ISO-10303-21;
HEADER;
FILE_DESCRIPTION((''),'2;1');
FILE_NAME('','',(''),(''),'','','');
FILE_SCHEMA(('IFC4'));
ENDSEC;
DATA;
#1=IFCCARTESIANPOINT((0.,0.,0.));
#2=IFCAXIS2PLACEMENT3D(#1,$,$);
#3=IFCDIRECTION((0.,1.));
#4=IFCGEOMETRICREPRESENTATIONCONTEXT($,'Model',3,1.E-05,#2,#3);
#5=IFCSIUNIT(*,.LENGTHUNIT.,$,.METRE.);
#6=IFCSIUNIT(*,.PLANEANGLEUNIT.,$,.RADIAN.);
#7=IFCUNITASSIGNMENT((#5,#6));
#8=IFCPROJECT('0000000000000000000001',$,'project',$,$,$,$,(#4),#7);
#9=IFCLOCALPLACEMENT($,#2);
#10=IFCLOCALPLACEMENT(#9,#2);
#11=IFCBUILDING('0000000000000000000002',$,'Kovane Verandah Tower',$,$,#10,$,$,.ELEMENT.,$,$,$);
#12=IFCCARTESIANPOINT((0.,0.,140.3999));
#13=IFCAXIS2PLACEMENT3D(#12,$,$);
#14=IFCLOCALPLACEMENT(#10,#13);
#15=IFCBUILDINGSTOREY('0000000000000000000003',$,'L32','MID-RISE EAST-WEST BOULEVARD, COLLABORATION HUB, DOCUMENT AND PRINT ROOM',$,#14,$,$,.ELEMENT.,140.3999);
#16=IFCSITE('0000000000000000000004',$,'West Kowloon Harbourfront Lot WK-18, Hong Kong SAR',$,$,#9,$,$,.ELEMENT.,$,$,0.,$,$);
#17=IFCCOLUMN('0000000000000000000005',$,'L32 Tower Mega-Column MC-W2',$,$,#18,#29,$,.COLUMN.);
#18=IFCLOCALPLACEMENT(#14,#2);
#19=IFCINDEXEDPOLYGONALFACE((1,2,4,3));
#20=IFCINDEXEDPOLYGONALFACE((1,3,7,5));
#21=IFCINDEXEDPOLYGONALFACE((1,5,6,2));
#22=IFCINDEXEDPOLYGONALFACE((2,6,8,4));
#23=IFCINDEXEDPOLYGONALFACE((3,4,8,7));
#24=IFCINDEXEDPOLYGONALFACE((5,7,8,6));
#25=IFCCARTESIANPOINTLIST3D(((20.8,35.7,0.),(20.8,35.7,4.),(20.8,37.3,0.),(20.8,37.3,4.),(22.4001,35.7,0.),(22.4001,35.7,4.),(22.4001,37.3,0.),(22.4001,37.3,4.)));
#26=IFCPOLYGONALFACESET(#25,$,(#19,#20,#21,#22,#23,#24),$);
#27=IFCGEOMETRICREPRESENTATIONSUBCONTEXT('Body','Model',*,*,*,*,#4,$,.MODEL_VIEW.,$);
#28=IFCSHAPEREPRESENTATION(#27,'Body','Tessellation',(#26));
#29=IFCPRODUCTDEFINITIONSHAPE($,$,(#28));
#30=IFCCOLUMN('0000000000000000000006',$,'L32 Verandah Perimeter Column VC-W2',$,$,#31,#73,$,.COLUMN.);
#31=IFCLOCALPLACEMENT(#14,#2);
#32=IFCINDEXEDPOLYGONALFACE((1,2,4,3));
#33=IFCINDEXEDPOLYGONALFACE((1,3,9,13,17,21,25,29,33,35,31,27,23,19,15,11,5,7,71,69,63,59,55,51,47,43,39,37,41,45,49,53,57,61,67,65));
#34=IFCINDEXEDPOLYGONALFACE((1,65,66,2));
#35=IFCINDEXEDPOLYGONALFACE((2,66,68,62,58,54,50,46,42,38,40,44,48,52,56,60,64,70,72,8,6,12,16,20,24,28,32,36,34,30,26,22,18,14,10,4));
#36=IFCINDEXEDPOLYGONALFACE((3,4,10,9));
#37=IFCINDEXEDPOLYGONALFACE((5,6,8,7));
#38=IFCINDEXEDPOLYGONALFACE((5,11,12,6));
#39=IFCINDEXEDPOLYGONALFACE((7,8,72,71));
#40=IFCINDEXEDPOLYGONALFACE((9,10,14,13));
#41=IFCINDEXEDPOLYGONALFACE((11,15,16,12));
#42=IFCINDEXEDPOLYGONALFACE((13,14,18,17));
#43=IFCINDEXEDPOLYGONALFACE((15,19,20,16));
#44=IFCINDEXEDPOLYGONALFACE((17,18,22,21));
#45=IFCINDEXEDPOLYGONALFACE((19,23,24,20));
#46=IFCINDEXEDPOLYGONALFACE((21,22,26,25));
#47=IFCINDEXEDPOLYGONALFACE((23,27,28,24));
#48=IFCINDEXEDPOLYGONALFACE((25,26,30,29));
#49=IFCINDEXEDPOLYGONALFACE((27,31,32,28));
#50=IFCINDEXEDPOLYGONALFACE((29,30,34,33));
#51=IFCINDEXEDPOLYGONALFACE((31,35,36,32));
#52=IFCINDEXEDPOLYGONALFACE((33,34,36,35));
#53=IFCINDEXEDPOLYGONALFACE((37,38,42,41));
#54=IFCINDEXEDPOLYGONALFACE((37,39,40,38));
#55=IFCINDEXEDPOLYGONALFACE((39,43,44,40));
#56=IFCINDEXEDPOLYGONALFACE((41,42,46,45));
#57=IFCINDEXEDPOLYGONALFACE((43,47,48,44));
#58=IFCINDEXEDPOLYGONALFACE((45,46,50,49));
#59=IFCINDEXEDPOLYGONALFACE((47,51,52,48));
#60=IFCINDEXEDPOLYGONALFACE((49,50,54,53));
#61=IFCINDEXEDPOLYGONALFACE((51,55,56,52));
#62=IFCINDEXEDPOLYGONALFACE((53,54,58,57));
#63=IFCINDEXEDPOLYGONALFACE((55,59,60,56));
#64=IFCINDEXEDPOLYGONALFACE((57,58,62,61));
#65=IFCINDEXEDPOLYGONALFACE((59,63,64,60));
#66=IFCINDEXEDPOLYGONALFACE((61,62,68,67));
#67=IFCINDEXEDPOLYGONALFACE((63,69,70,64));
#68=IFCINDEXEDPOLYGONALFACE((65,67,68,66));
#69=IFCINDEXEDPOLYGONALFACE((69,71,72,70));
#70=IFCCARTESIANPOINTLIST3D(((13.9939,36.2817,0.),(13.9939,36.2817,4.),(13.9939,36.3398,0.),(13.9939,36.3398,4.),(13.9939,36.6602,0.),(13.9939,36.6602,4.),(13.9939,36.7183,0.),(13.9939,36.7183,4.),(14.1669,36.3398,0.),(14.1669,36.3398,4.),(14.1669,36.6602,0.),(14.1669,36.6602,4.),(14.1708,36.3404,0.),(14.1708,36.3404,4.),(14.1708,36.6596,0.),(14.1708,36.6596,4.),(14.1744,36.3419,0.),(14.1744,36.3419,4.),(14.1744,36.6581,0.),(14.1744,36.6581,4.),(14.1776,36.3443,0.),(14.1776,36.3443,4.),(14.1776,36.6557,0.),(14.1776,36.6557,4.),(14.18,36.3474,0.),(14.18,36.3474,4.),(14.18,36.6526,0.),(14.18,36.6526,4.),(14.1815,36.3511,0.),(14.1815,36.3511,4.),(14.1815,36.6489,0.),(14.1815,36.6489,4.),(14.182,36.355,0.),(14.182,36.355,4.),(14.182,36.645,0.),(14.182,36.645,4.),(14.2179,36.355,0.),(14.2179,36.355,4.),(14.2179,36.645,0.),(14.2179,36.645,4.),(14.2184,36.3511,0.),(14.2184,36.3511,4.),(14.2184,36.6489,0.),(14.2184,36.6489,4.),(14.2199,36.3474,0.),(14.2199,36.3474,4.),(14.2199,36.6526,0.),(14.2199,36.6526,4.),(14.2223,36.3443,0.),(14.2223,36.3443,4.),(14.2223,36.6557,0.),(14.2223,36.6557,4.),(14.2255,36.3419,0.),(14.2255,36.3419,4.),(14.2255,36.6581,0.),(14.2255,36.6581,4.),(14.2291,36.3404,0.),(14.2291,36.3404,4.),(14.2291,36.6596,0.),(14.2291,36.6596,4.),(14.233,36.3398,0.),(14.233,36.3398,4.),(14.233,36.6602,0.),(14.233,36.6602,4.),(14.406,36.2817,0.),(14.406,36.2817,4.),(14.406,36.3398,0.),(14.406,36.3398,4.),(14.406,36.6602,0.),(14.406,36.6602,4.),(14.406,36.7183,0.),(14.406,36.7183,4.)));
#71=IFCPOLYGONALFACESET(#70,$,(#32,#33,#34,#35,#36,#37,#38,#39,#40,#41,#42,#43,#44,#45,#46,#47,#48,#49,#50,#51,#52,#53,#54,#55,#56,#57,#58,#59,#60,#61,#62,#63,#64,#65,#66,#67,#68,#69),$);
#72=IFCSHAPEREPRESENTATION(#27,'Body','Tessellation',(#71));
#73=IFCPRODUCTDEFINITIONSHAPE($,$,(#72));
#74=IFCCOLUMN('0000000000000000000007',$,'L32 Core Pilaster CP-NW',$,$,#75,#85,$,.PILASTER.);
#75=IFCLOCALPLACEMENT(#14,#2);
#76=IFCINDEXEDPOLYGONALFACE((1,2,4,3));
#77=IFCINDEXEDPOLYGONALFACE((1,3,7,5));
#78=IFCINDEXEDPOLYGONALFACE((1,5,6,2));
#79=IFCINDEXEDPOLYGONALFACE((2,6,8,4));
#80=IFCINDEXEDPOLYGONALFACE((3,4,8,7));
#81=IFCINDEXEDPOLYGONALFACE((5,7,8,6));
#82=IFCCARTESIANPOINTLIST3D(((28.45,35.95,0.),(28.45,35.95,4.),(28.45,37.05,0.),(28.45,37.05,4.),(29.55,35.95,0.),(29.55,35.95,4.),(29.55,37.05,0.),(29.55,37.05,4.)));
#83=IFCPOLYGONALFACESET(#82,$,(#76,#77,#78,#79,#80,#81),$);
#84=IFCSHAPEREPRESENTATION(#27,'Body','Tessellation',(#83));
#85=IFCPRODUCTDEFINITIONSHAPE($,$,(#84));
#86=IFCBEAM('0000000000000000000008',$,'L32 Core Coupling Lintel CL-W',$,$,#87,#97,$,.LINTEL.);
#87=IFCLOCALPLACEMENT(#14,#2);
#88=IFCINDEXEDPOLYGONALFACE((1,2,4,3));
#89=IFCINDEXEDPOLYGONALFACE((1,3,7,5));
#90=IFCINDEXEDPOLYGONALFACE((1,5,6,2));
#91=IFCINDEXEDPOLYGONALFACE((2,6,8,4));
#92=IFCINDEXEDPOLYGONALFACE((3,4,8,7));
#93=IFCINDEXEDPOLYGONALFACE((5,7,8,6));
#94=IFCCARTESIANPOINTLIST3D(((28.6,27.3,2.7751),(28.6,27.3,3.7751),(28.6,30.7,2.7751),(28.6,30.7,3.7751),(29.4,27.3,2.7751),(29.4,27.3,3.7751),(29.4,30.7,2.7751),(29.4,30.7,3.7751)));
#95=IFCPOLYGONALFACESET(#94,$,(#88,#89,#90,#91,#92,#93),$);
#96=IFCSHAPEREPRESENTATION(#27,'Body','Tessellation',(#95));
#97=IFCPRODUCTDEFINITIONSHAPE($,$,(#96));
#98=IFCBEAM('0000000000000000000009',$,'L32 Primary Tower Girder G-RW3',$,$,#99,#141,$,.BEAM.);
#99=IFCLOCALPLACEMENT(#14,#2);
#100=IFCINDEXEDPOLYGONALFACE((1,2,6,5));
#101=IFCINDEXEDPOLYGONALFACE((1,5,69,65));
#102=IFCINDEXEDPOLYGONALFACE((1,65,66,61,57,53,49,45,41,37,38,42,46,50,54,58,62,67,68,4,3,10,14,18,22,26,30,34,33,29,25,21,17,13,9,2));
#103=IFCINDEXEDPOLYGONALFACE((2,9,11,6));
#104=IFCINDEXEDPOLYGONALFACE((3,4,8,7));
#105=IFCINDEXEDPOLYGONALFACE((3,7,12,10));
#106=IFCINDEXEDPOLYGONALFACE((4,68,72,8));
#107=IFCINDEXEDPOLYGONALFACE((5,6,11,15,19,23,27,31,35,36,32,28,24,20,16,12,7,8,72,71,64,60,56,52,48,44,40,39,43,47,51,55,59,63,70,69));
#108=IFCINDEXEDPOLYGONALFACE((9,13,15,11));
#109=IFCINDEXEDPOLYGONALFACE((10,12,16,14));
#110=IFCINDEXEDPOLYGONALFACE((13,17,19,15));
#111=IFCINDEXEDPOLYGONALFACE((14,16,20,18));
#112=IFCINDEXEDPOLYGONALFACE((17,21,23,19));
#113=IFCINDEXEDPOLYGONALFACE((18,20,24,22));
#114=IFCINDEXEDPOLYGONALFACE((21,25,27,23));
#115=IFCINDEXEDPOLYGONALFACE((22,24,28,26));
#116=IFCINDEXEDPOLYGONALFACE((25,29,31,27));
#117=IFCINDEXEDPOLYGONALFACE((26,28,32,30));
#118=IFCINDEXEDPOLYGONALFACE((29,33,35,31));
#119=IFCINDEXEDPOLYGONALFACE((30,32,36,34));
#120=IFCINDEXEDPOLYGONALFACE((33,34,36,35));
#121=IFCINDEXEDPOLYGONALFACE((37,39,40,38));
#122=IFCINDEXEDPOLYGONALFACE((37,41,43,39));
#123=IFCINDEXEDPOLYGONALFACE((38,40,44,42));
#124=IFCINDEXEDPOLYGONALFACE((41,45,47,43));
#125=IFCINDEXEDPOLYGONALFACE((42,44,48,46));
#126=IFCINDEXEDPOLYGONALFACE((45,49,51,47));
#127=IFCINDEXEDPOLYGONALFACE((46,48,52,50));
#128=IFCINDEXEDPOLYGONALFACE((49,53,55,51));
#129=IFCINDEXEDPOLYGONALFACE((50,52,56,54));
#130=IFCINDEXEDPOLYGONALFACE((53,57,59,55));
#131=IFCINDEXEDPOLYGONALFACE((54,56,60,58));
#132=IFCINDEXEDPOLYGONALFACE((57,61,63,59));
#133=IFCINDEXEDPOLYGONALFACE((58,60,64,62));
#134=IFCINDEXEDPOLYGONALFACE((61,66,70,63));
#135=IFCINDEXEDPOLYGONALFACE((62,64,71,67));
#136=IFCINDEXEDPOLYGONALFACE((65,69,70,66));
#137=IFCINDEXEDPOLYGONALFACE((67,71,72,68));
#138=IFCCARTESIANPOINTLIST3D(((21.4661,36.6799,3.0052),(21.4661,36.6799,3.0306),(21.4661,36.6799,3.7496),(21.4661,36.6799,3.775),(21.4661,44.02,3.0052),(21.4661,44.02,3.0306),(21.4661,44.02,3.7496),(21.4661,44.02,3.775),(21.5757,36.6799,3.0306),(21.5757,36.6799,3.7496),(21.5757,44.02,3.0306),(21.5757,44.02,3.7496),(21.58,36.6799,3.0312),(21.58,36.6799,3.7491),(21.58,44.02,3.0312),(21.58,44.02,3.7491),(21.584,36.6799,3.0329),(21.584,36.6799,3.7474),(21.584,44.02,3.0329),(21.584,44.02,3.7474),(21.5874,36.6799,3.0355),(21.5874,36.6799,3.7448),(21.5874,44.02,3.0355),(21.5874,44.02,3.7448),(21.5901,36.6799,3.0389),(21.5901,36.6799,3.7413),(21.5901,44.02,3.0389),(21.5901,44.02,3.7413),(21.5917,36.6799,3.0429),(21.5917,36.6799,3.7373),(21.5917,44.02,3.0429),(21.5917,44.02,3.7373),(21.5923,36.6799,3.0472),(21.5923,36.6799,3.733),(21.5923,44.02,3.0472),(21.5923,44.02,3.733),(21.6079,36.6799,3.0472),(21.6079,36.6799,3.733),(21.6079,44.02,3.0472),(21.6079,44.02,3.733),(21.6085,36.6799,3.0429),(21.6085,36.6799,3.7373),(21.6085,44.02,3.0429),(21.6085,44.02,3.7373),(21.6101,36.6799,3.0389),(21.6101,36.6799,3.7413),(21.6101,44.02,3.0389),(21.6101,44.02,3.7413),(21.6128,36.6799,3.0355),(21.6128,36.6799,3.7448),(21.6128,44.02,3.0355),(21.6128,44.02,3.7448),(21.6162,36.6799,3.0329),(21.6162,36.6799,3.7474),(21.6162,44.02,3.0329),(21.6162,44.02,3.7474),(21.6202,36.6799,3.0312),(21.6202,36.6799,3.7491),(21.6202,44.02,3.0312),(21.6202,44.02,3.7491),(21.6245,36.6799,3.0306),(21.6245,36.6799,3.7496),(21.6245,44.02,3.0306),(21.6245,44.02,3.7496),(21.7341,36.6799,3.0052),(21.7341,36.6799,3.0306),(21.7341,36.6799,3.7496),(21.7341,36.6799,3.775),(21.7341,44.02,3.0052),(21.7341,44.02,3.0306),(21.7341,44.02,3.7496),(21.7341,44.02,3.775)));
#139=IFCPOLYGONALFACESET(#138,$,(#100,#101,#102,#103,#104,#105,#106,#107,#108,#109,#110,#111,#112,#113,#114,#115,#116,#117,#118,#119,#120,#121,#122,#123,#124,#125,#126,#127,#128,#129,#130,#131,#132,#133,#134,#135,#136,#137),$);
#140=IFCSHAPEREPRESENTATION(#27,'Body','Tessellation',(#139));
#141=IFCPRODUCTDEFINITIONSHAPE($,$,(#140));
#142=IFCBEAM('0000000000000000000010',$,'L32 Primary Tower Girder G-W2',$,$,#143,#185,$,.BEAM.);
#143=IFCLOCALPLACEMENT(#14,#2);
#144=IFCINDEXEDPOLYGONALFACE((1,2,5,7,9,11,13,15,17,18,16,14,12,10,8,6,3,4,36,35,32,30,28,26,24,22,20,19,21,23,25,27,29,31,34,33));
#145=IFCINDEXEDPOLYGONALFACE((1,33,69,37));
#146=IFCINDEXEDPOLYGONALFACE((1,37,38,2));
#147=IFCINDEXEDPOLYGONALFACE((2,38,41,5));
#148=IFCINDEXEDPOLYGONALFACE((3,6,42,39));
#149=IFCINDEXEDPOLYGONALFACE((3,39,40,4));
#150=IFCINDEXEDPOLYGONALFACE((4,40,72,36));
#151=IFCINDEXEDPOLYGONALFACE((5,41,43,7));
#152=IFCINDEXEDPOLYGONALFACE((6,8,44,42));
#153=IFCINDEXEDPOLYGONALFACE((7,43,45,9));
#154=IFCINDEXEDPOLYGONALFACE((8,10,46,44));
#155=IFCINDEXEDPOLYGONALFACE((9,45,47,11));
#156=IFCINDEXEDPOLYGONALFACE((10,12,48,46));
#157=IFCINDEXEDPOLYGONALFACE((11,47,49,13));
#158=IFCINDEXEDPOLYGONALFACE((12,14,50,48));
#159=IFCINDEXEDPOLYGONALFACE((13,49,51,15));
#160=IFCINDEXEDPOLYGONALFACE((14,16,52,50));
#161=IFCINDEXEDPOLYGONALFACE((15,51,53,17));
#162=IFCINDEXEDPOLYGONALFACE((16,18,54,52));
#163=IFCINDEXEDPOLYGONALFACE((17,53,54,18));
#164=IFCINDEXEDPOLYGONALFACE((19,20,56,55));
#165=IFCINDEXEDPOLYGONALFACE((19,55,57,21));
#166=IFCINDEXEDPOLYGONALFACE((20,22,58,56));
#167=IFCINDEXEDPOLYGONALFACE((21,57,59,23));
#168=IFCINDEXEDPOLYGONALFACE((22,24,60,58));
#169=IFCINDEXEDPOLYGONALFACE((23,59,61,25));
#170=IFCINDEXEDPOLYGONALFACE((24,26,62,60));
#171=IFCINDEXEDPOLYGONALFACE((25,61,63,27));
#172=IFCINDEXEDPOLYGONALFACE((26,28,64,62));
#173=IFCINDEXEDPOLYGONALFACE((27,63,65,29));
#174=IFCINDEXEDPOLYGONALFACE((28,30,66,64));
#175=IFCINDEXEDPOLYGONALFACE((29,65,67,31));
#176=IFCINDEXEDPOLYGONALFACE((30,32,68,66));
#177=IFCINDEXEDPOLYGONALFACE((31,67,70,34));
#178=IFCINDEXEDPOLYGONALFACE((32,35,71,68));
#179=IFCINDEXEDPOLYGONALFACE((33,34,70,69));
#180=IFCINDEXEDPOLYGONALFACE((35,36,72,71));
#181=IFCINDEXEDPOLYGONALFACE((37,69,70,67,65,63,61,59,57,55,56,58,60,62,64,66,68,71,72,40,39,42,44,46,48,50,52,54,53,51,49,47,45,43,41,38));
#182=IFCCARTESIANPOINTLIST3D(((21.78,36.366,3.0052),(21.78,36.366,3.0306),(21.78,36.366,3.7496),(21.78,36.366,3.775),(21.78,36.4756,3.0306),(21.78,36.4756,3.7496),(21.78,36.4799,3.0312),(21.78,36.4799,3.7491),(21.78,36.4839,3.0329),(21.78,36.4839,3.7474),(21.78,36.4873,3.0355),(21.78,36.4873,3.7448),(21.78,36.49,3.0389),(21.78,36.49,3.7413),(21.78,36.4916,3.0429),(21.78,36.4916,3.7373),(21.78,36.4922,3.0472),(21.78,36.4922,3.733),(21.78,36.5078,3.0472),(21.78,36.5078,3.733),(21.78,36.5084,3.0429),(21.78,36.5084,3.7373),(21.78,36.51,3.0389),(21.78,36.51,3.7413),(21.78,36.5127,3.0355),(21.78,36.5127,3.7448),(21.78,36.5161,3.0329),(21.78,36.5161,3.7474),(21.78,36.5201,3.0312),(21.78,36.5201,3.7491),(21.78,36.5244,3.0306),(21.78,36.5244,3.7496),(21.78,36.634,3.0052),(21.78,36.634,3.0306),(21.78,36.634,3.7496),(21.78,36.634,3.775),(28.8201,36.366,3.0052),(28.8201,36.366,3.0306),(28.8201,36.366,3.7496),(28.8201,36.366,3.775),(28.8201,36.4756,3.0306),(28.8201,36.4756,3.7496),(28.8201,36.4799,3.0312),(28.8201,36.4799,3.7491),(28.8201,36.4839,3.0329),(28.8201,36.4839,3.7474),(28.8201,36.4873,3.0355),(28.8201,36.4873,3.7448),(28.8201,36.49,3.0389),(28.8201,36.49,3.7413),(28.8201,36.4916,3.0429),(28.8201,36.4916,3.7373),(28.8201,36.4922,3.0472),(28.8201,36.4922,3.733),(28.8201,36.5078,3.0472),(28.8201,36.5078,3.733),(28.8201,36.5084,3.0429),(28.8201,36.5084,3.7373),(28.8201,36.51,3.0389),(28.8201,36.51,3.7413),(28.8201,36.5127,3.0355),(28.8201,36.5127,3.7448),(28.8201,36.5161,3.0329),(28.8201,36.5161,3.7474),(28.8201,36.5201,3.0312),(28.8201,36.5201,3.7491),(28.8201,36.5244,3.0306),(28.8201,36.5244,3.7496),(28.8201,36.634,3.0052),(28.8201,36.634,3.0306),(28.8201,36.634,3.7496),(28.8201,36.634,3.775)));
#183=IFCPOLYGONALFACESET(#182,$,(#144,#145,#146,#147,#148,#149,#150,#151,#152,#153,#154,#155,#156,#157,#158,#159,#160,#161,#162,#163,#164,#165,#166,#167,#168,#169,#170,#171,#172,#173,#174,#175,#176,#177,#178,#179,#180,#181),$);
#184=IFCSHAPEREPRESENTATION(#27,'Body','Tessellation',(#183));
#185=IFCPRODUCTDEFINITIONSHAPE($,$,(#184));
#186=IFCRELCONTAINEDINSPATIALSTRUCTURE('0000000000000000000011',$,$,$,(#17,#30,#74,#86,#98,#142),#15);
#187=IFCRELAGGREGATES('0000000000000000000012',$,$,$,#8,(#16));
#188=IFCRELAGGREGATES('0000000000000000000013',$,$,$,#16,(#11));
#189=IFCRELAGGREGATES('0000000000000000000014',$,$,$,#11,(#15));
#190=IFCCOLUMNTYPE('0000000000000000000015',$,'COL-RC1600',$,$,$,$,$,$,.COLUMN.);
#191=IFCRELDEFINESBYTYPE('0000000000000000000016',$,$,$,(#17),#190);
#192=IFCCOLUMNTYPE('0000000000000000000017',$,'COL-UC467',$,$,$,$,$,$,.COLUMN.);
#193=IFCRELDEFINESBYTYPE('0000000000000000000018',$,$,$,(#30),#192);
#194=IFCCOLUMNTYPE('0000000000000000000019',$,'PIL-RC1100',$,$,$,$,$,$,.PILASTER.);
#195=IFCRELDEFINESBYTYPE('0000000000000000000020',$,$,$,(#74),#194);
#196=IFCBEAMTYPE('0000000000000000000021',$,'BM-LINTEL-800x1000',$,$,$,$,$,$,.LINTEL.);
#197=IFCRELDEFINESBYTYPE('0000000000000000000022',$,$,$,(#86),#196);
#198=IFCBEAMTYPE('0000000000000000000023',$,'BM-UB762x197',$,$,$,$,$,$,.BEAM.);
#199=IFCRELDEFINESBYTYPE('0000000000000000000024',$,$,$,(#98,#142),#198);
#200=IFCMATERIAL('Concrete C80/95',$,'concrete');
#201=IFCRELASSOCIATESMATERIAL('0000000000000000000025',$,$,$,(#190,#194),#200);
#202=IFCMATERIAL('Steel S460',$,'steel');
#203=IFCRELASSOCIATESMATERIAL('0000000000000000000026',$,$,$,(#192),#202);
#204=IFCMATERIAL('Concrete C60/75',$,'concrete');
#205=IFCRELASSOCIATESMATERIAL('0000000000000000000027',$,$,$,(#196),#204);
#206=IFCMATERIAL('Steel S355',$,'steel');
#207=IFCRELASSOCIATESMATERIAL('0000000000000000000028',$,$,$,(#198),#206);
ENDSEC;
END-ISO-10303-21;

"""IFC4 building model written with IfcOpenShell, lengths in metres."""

from ifc_helpers import new_model, si_unit, direction, frame, origin, origin_2d, place, context, subcontext, project, spatial, rectangle, i_section, extrude, material, material_profile, profile_set, type_object, element, save


model = new_model("IFC4")

# Units and contexts
model_context = context("Model", 3, precision=1e-05, world=origin(), true_north=direction((0.0, 1.0)))
body_context = subcontext(model_context, "Body", "Model", "MODEL_VIEW")
ifc_project = project(units=[si_unit("LENGTHUNIT", "METRE"), si_unit("PLANEANGLEUNIT", "RADIAN")], contexts=[model_context])

# Site, building, storey
site_placement = place(None, origin())
site = spatial("IfcSite", under=ifc_project, at=site_placement, Name="West Kowloon Harbourfront Lot WK-18, Hong Kong SAR", CompositionType="ELEMENT", RefElevation=0.0)
building_placement = place(site_placement, origin())
building = spatial("IfcBuilding", under=site, at=building_placement, Name="Kovane Verandah Tower", CompositionType="ELEMENT")
storey_placement = place(building_placement, frame((0.0, 0.0, 140.3999)))
storey = spatial("IfcBuildingStorey", under=building, at=storey_placement, Name="L32", Description="MID-RISE EAST-WEST BOULEVARD, COLLABORATION HUB, DOCUMENT AND PRINT ROOM", CompositionType="ELEMENT", Elevation=140.3999)

# Columns
ifc_material_1 = material(Name="Concrete C80/95", Category="concrete")
ifc_material_profile_1 = material_profile(ifc_material_1, rectangle(XDim=1.6001, YDim=1.6001, at=origin_2d()), Name="RC1600x1600")
ifc_profile_set_1 = profile_set([ifc_material_profile_1], Name="Concrete C80/95")
column_type_1 = type_object("IfcColumnType", Name="COL-RC1600", PredefinedType="COLUMN", material=ifc_profile_set_1)
column_1_placement = place(storey_placement, frame((21.6001, 36.5, 0.0), z_axis=(0.0, 0.0, 1.0), x_axis=(1.0, 0.0, 0.0)))
element("IfcColumn", 1, at=column_1_placement, inside=storey, type_object=column_type_1, Name="L32 Tower Mega-Column MC-W2", PredefinedType="COLUMN", context=body_context, shape_type="SweptSolid", body=[
    extrude(rectangle(XDim=1.6001, YDim=1.6001, at=origin_2d()), origin(), (0.0, 0.0, 1.0), 4.0),
])
ifc_material_2 = material(Name="Steel S460", Category="steel")
ifc_material_profile_2 = material_profile(ifc_material_2, i_section(OverallWidth=0.4121, OverallDepth=0.4365, WebThickness=0.0359, FlangeThickness=0.0581, FilletRadius=0.0151, at=origin_2d()), Name="UC356x406x467")
ifc_profile_set_2 = profile_set([ifc_material_profile_2], Name="Steel S460")
column_type_2 = type_object("IfcColumnType", Name="COL-UC467", PredefinedType="COLUMN", material=ifc_profile_set_2)
column_2_placement = place(storey_placement, frame((14.2, 36.5, 0.0), z_axis=(0.0, 0.0, 1.0), x_axis=(1.0, 0.0, 0.0)))
element("IfcColumn", 2, at=column_2_placement, inside=storey, type_object=column_type_2, Name="L32 Verandah Perimeter Column VC-W2", PredefinedType="COLUMN", context=body_context, shape_type="SweptSolid", body=[
    extrude(i_section(OverallWidth=0.4121, OverallDepth=0.4365, WebThickness=0.0359, FlangeThickness=0.0581, FilletRadius=0.0151, at=origin_2d()), origin(), (0.0, 0.0, 1.0), 4.0),
])
ifc_material_profile_3 = material_profile(ifc_material_1, rectangle(XDim=1.1001, YDim=1.1001, at=origin_2d()), Name="RC1100x1100")
ifc_profile_set_3 = profile_set([ifc_material_profile_3], Name="Concrete C80/95")
column_type_3 = type_object("IfcColumnType", Name="PIL-RC1100", PredefinedType="PILASTER", material=ifc_profile_set_3)
column_3_placement = place(storey_placement, frame((29.0, 36.5, 0.0), z_axis=(0.0, 0.0, 1.0), x_axis=(1.0, 0.0, 0.0)))
element("IfcColumn", 3, at=column_3_placement, inside=storey, type_object=column_type_3, Name="L32 Core Pilaster CP-NW", PredefinedType="PILASTER", context=body_context, shape_type="SweptSolid", body=[
    extrude(rectangle(XDim=1.1001, YDim=1.1001, at=origin_2d()), origin(), (0.0, 0.0, 1.0), 4.0),
])

# Beams
ifc_material_3 = material(Name="Concrete C60/75", Category="concrete")
ifc_material_profile_4 = material_profile(ifc_material_3, rectangle(XDim=0.8, YDim=1.0, at=origin_2d()), Name="RCB800x1000")
ifc_profile_set_4 = profile_set([ifc_material_profile_4], Name="Concrete C60/75")
beam_type_1 = type_object("IfcBeamType", Name="BM-LINTEL-800x1000", PredefinedType="LINTEL", material=ifc_profile_set_4)
beam_1_placement = place(storey_placement, frame((29.0, 27.3, 3.2751), z_axis=(0.0, 1.0, 0.0), x_axis=(-1.0, 0.0, 0.0)))
element("IfcBeam", 4, at=beam_1_placement, inside=storey, type_object=beam_type_1, Name="L32 Core Coupling Lintel CL-W", PredefinedType="LINTEL", context=body_context, shape_type="SweptSolid", body=[
    extrude(rectangle(XDim=0.8, YDim=1.0, at=origin_2d()), origin(), (0.0, 0.0, 1.0), 3.3999),
])
ifc_material_4 = material(Name="Steel S355", Category="steel")
ifc_material_profile_5 = material_profile(ifc_material_4, i_section(OverallWidth=0.2681, OverallDepth=0.7698, WebThickness=0.0156, FlangeThickness=0.0254, FilletRadius=0.0166, at=origin_2d()), Name="UB762x267x197")
ifc_profile_set_5 = profile_set([ifc_material_profile_5], Name="Steel S355")
beam_type_2 = type_object("IfcBeamType", Name="BM-UB762x197", PredefinedType="BEAM", material=ifc_profile_set_5)
beam_2_placement = place(storey_placement, frame((21.6001, 36.6799, 3.3901), z_axis=(0.0, 1.0, 0.0), x_axis=(-1.0, 0.0, 0.0)))
element("IfcBeam", 5, at=beam_2_placement, inside=storey, type_object=beam_type_2, Name="L32 Primary Tower Girder G-RW3", PredefinedType="BEAM", context=body_context, shape_type="SweptSolid", body=[
    extrude(i_section(OverallWidth=0.2681, OverallDepth=0.7698, WebThickness=0.0156, FlangeThickness=0.0254, FilletRadius=0.0166, at=origin_2d()), origin(), (0.0, 0.0, 1.0), 7.3401),
])
beam_3_placement = place(storey_placement, frame((28.8201, 36.5, 3.3901), z_axis=(-1.0, 0.0, 0.0), x_axis=(0.0, -1.0, 0.0)))
element("IfcBeam", 6, at=beam_3_placement, inside=storey, type_object=beam_type_2, Name="L32 Primary Tower Girder G-W2", PredefinedType="BEAM", context=body_context, shape_type="SweptSolid", body=[
    extrude(i_section(OverallWidth=0.2681, OverallDepth=0.7698, WebThickness=0.0156, FlangeThickness=0.0254, FilletRadius=0.0166, at=origin_2d()), origin(), (0.0, 0.0, 1.0), 7.04),
])

save(model, "model.ifc")
